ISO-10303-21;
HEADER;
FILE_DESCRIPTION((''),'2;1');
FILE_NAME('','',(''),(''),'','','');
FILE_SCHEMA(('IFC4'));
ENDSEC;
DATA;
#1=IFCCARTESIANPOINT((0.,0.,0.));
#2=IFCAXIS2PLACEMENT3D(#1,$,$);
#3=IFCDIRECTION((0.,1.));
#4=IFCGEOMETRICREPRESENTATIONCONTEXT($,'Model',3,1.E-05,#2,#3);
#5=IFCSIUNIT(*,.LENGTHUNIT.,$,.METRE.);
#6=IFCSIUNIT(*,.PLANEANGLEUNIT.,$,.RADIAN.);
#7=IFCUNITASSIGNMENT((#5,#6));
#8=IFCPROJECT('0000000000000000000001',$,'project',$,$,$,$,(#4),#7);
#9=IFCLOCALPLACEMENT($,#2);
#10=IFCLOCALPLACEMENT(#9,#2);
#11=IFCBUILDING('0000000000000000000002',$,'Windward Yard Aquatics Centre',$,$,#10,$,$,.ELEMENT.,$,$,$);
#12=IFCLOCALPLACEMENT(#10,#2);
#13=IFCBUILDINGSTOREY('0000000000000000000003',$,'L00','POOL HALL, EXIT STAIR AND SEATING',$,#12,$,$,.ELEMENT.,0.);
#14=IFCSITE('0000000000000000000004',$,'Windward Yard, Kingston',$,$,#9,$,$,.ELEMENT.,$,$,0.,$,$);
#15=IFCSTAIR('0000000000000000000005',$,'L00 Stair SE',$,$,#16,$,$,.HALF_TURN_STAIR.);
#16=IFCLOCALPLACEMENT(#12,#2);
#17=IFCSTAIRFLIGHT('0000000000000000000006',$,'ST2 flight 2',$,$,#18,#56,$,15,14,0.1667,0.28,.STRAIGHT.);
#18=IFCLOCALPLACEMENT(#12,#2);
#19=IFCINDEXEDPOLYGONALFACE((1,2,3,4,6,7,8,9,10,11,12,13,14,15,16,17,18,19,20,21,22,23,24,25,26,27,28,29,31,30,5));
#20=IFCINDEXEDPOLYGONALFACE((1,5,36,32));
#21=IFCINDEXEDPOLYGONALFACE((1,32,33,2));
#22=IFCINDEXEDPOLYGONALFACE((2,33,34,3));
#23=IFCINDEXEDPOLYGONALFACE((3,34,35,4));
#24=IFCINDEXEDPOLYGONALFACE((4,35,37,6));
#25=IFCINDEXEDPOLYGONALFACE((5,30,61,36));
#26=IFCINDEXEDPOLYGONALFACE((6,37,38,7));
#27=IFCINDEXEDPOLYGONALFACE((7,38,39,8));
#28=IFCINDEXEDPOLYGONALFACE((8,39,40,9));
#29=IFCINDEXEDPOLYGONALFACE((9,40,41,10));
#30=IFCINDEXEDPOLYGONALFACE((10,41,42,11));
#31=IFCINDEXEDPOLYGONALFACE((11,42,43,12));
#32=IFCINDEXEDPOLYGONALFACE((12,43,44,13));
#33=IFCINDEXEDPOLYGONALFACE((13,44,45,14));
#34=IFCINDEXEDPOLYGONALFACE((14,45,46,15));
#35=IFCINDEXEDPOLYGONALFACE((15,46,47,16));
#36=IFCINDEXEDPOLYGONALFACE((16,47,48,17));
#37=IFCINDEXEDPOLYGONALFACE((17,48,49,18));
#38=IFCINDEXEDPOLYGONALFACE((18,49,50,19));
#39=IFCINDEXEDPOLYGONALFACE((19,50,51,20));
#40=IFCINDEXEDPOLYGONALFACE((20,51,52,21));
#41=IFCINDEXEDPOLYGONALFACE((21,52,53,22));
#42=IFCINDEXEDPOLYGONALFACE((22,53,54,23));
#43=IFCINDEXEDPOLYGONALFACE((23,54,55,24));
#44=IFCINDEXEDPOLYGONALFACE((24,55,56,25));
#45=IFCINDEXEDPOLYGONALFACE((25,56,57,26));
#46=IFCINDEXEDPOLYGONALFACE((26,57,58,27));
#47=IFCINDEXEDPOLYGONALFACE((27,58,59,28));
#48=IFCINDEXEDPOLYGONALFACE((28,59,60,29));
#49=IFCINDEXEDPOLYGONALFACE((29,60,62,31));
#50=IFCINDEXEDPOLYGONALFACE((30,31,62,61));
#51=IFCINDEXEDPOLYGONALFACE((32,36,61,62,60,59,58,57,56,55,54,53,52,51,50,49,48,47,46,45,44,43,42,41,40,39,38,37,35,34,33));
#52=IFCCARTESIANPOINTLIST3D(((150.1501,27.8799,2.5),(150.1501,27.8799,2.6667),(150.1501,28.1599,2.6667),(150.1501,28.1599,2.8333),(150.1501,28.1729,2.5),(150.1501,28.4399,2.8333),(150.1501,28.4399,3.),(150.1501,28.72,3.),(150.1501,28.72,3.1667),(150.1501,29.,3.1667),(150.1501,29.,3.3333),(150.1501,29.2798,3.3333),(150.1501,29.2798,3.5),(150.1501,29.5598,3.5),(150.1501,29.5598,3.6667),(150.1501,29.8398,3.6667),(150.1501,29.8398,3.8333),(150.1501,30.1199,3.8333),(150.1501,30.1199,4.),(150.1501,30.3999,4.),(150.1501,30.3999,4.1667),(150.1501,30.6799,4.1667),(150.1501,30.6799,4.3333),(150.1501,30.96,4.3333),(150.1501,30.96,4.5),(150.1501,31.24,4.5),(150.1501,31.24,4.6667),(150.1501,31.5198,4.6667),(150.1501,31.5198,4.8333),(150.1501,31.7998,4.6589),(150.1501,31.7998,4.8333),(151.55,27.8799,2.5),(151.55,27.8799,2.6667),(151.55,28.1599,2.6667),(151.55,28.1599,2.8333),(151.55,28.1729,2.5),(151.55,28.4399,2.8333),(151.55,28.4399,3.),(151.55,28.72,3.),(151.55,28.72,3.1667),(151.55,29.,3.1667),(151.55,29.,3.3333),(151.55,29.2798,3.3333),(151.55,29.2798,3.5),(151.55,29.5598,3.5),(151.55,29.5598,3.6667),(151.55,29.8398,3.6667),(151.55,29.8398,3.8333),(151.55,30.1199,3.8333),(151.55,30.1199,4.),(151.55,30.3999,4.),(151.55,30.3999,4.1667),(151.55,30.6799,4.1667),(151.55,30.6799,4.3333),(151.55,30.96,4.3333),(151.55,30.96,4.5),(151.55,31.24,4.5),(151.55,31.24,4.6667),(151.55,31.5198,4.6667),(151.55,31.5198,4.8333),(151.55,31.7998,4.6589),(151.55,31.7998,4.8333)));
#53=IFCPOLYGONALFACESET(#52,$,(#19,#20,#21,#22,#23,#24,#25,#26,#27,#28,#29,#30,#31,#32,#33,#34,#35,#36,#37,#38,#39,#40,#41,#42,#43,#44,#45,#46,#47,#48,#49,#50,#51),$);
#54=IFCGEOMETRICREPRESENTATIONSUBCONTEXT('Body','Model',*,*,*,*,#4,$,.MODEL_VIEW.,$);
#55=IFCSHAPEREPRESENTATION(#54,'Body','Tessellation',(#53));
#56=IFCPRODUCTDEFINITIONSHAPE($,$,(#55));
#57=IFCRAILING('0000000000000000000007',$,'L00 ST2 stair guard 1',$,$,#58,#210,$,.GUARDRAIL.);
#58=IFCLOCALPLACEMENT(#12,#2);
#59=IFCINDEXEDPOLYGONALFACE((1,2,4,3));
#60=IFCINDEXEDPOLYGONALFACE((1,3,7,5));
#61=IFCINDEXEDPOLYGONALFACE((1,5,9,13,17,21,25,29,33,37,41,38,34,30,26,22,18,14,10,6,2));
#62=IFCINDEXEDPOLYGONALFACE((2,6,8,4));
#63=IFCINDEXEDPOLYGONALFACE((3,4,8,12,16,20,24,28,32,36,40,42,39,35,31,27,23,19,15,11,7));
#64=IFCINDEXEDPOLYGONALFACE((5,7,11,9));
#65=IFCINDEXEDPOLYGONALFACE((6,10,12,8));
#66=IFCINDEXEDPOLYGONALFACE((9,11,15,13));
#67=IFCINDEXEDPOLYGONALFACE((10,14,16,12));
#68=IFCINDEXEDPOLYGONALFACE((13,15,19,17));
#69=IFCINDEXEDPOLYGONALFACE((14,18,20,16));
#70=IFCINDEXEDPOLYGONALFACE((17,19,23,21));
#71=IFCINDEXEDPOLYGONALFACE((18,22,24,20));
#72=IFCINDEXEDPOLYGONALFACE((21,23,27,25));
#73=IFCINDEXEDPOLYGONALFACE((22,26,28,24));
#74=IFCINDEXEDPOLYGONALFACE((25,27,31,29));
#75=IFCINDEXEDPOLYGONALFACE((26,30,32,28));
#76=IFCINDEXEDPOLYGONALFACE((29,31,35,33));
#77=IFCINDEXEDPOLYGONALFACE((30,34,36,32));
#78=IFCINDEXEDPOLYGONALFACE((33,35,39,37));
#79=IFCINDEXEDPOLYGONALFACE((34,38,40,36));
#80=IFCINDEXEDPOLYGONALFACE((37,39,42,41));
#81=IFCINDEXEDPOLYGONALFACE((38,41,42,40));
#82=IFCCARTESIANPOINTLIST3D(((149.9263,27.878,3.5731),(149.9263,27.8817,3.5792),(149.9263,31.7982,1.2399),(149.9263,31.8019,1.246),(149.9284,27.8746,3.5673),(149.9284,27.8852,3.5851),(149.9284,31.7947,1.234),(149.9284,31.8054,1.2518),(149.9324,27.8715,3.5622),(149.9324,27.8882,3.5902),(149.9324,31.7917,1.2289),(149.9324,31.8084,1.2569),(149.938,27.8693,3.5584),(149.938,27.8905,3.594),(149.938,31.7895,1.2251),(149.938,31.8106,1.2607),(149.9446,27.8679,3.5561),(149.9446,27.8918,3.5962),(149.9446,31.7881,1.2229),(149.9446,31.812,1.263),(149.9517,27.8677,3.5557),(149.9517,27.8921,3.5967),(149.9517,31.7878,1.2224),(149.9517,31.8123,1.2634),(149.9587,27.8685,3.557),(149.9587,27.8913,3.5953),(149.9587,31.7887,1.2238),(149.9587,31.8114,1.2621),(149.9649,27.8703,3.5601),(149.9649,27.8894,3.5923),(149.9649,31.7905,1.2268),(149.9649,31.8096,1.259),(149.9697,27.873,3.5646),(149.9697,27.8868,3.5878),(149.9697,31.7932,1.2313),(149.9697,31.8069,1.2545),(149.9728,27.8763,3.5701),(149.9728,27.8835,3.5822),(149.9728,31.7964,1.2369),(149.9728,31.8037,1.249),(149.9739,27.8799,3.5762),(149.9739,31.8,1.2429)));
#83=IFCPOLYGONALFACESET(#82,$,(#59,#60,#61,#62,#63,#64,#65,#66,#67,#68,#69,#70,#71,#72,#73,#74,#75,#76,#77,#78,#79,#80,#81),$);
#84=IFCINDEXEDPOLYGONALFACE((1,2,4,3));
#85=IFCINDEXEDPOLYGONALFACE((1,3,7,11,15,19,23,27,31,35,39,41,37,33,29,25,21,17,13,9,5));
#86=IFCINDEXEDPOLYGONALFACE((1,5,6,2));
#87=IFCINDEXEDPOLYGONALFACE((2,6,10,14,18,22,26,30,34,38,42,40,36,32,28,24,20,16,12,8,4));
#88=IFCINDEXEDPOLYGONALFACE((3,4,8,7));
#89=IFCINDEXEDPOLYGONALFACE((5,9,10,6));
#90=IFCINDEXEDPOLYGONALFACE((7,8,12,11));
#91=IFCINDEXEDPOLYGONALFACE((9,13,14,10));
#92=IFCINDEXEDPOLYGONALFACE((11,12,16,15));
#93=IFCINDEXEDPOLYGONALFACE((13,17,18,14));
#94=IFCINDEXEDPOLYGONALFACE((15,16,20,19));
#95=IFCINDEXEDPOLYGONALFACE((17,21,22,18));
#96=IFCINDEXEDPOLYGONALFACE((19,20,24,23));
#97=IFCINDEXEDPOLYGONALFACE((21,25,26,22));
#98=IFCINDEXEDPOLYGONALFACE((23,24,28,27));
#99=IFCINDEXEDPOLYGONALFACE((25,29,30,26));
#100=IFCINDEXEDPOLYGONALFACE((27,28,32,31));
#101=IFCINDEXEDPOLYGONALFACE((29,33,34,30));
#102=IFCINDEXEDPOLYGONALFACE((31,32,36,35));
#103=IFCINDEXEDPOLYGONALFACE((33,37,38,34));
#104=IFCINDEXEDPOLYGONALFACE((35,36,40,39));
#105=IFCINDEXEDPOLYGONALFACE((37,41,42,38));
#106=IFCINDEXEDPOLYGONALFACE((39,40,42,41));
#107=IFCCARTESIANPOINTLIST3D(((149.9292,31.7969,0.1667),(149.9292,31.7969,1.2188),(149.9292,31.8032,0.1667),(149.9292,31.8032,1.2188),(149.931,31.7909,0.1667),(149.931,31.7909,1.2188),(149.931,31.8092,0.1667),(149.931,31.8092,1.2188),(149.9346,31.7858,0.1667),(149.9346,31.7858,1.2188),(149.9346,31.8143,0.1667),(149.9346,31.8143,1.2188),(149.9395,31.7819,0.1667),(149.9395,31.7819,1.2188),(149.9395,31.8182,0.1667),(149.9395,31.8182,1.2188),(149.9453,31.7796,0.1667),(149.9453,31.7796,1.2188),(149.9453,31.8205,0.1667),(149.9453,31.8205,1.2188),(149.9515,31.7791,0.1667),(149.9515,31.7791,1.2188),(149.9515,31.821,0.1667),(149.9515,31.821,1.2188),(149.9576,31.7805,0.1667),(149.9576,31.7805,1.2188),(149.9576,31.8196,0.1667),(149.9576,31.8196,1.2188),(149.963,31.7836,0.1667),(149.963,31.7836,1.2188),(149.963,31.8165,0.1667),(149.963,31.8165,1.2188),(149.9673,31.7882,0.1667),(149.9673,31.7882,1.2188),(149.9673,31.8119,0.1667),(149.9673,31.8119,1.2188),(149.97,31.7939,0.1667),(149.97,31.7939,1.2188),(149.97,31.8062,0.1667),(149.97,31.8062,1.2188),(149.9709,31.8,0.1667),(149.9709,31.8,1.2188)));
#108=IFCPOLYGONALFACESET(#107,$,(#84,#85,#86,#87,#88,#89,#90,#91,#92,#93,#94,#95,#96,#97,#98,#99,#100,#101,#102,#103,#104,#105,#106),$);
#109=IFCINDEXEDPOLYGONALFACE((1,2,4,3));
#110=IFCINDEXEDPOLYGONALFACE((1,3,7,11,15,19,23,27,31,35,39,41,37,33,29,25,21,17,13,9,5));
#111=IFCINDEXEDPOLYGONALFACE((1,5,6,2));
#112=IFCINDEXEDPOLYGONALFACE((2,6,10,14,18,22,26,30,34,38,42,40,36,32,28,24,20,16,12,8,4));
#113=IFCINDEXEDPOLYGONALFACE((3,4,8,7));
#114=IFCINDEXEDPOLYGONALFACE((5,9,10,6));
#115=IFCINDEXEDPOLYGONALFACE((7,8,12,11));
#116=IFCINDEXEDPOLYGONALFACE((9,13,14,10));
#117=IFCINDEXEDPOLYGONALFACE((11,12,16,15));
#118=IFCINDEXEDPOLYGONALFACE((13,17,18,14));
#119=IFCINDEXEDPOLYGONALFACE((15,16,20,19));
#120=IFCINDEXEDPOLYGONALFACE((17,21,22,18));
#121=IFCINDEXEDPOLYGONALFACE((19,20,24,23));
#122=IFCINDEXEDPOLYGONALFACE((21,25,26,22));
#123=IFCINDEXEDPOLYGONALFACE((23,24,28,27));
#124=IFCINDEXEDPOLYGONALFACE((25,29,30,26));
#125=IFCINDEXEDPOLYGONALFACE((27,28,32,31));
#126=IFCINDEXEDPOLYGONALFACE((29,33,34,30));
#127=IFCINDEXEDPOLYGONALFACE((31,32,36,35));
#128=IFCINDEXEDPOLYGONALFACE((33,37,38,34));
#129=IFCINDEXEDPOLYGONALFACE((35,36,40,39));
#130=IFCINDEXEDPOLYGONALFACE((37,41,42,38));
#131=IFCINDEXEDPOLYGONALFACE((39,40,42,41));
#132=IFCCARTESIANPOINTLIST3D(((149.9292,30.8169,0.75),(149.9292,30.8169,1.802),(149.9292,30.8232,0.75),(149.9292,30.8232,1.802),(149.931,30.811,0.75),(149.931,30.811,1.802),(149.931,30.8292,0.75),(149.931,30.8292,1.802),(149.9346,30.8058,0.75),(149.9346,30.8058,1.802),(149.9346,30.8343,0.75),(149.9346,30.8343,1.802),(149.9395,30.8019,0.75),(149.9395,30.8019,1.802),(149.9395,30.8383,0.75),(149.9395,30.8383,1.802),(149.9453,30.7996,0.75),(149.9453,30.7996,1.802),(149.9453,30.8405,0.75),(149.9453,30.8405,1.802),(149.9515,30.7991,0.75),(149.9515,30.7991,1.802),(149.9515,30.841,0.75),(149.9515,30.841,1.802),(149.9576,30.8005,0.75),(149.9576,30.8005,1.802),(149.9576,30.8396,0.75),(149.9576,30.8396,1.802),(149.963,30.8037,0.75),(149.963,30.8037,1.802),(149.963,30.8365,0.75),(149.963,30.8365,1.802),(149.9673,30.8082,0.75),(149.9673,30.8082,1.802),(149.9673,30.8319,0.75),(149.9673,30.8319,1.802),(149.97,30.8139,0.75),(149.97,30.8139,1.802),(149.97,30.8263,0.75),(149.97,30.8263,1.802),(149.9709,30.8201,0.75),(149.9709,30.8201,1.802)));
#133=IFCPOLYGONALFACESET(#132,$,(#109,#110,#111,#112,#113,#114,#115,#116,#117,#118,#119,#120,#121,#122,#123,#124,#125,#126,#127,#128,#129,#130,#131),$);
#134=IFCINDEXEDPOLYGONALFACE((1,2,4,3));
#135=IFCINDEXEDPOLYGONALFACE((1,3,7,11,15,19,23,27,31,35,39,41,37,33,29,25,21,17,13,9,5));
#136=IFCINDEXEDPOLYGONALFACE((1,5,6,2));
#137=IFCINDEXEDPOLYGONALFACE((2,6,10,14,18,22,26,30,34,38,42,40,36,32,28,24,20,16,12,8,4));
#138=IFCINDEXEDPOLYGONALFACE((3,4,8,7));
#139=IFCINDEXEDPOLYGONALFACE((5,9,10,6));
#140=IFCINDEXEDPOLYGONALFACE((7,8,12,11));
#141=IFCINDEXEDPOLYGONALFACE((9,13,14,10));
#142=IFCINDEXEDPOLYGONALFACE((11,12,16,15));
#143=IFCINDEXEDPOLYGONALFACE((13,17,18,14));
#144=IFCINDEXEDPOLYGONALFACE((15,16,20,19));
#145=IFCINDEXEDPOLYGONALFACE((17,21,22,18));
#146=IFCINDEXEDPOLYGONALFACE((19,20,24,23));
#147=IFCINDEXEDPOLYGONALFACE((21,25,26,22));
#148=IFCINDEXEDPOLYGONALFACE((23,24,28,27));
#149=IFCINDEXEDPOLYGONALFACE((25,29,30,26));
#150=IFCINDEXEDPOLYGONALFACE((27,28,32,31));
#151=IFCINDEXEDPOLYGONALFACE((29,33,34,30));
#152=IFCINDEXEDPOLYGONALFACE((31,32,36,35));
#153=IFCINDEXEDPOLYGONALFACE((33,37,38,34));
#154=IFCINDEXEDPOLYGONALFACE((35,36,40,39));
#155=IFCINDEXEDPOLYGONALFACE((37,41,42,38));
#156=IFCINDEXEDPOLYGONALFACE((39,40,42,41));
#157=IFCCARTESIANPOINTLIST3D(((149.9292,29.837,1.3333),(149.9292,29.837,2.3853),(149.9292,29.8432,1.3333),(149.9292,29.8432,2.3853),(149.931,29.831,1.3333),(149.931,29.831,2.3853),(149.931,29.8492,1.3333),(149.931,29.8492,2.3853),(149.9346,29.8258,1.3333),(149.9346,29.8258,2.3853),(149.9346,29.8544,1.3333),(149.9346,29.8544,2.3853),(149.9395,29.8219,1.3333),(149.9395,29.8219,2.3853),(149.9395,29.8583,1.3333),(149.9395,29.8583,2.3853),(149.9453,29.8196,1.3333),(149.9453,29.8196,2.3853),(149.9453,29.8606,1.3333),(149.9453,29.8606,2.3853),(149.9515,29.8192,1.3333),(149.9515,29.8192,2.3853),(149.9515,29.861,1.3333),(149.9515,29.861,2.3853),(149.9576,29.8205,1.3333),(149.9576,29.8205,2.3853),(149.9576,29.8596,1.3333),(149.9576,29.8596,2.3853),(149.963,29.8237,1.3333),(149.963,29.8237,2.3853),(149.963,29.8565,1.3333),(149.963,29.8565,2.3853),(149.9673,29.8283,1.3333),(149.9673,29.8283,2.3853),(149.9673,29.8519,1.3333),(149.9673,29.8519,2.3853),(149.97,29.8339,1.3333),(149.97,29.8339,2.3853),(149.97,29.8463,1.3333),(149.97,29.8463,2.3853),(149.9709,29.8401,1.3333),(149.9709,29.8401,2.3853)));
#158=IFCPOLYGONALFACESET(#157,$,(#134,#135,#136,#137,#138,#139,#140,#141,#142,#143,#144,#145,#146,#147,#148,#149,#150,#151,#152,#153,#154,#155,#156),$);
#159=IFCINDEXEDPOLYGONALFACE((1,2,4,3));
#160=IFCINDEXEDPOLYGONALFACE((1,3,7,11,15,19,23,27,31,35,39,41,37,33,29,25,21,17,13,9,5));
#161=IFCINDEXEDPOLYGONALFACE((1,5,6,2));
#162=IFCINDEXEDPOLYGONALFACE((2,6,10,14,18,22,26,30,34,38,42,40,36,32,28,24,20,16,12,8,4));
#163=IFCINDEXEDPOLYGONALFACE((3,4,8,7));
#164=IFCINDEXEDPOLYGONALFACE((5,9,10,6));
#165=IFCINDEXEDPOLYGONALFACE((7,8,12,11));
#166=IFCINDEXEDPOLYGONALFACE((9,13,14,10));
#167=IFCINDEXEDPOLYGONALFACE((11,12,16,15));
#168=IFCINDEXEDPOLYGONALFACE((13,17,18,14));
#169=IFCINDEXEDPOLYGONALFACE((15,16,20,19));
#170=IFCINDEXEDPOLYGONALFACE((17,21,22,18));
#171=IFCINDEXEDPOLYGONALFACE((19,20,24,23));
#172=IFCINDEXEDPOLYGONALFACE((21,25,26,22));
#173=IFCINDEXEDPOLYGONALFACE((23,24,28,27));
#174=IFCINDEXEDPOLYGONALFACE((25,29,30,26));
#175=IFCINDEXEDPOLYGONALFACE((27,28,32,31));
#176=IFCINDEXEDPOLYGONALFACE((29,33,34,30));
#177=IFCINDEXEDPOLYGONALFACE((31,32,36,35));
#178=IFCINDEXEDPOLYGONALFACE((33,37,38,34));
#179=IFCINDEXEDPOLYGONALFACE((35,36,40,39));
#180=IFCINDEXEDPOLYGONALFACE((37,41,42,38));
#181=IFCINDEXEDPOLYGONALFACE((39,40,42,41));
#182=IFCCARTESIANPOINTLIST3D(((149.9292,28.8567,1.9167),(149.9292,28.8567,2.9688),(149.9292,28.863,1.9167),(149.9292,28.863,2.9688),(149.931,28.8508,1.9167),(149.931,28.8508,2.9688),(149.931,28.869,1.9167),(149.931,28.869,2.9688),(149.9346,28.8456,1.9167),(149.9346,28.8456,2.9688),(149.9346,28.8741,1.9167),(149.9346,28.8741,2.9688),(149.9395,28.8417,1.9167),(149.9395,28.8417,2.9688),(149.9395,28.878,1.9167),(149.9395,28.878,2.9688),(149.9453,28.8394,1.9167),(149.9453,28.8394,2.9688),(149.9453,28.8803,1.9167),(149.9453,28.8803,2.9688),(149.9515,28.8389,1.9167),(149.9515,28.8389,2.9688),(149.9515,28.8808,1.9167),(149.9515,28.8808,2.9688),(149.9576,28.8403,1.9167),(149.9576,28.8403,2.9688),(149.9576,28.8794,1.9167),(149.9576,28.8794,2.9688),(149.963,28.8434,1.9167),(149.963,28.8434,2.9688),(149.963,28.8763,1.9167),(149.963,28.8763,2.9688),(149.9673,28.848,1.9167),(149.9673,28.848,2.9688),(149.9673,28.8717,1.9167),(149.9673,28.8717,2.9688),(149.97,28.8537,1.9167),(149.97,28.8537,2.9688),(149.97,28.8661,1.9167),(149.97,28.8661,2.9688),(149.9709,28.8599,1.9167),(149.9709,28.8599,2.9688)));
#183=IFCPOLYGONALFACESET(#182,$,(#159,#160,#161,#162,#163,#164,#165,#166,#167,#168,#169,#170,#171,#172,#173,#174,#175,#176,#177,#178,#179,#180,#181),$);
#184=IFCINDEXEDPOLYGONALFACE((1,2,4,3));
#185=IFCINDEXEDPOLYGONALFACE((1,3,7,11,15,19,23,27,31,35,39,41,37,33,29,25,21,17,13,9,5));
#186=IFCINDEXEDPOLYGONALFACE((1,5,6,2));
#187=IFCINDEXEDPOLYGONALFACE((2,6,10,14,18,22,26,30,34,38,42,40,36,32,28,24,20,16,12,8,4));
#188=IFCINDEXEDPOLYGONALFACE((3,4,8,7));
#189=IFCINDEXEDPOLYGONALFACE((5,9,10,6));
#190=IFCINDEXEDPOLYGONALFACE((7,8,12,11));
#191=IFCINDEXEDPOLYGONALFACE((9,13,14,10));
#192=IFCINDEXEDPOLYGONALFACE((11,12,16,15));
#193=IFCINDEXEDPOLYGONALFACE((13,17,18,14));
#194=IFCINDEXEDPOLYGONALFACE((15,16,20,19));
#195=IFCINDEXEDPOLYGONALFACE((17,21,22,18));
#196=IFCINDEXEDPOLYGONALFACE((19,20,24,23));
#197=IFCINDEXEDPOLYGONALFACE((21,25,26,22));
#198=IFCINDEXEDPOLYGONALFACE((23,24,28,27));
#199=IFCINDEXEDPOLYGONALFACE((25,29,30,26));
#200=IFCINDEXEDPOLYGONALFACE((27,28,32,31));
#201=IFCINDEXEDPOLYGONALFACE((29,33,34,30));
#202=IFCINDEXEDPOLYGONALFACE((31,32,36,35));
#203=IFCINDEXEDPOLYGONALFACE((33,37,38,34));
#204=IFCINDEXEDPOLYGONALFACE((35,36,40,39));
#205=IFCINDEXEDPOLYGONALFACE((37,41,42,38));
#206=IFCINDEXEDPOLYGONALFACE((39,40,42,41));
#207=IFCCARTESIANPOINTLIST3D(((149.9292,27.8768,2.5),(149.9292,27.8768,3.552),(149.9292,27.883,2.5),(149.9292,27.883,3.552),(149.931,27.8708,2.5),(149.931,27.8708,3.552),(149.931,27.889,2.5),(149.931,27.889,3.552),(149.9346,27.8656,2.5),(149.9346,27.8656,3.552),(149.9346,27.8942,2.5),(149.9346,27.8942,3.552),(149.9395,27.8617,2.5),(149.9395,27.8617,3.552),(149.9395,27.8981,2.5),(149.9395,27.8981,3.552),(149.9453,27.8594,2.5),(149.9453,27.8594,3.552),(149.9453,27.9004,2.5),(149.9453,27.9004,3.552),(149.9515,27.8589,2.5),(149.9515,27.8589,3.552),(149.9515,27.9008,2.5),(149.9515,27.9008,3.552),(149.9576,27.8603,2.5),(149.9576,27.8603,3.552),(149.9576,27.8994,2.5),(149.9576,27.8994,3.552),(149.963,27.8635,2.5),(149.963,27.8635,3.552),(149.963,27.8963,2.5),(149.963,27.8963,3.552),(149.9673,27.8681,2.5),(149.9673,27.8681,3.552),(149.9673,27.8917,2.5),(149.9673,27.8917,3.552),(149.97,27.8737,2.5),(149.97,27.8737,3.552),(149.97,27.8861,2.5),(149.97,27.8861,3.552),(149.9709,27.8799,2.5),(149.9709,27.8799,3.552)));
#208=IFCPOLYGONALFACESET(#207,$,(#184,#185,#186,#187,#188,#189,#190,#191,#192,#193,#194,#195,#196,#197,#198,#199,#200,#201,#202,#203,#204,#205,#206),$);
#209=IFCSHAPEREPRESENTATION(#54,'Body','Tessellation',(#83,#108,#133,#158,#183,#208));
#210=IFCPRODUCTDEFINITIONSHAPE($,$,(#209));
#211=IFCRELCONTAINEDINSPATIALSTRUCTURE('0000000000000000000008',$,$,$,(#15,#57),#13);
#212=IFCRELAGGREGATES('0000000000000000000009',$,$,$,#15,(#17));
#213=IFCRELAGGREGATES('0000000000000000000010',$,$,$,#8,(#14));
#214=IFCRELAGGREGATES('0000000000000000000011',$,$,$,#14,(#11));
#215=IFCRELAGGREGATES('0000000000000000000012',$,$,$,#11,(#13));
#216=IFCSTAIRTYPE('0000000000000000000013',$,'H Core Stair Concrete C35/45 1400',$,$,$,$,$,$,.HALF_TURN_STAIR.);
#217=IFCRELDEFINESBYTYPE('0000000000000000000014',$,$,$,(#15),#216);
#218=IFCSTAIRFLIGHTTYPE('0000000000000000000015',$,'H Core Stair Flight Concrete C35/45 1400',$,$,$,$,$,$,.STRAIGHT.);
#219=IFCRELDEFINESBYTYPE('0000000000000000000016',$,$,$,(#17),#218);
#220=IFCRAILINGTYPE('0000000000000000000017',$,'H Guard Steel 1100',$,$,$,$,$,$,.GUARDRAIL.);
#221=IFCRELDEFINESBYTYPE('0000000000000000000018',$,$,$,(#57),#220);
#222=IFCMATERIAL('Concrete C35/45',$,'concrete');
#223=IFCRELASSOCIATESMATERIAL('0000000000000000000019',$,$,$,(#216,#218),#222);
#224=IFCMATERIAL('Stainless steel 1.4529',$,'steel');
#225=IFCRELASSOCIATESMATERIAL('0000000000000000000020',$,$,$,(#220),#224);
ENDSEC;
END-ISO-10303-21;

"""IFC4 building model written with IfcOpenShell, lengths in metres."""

from ifc_helpers import new_model, si_unit, direction, frame, origin, origin_2d, place, context, subcontext, project, spatial, polyline, circle, outline, extrude, material, type_object, element, aggregate, save


model = new_model("IFC4")

# Units and contexts
model_context = context("Model", 3, precision=1e-05, world=origin(), true_north=direction((0.0, 1.0)))
body_context = subcontext(model_context, "Body", "Model", "MODEL_VIEW")
ifc_project = project(units=[si_unit("LENGTHUNIT", "METRE"), si_unit("PLANEANGLEUNIT", "RADIAN")], contexts=[model_context])

# Site, building, storey
site_placement = place(None, origin())
site = spatial("IfcSite", under=ifc_project, at=site_placement, Name="Windward Yard, Kingston", CompositionType="ELEMENT", RefElevation=0.0)
building_placement = place(site_placement, origin())
building = spatial("IfcBuilding", under=site, at=building_placement, Name="Windward Yard Aquatics Centre", CompositionType="ELEMENT")
storey_placement = place(building_placement, origin())
storey = spatial("IfcBuildingStorey", under=building, at=storey_placement, Name="L00", Description="POOL HALL, EXIT STAIR AND SEATING", CompositionType="ELEMENT", Elevation=0.0)

# Shared definitions
ifc_material_1 = material(Name="Concrete C35/45", Category="concrete")

# Stair, stair flight
stair_type = type_object("IfcStairType", Name="H Core Stair Concrete C35/45 1400", PredefinedType="HALF_TURN_STAIR", material=ifc_material_1)
stair_placement = place(storey_placement, origin())
stair = element("IfcStair", 1, at=stair_placement, inside=storey, type_object=stair_type, Name="L00 Stair SE", PredefinedType="HALF_TURN_STAIR")
stair_flight_type = type_object("IfcStairFlightType", Name="H Core Stair Flight Concrete C35/45 1400", PredefinedType="STRAIGHT", material=ifc_material_1)
stair_flight_1_placement = place(storey_placement, frame((150.8501, 27.8799, 2.5), z_axis=(0.0, 0.0, 1.0), x_axis=(0.0, 1.0, 0.0)))
stair_flight_1 = element("IfcStairFlight", 2, at=stair_flight_1_placement, type_object=stair_flight_type, Name="ST2 flight 2", NumberOfRisers=15, NumberOfTreads=14, PredefinedType="STRAIGHT", RiserHeight=0.1667, TreadLength=0.28, context=body_context, shape_type="SweptSolid", body=[
    extrude(outline(polyline([(0.0, 0.0), (0.0, 0.1667), (0.28, 0.1667), (0.28, 0.3333), (0.5601, 0.3333), (0.5601, 0.5), (0.8401, 0.5), (0.8401, 0.6667), (1.1201, 0.6667), (1.1201, 0.8333), (1.3999, 0.8333), (1.3999, 1.0), (1.6799, 1.0), (1.6799, 1.1667), (1.96, 1.1667), (1.96, 1.3333), (2.24, 1.3333), (2.24, 1.5), (2.52, 1.5), (2.52, 1.6667), (2.8, 1.6667), (2.8, 1.8333), (3.0801, 1.8333), (3.0801, 2.0), (3.3601, 2.0), (3.3601, 2.1667), (3.6399, 2.1667), (3.6399, 2.3333), (3.9199, 2.3333), (3.9199, 2.5), (3.9199, 2.1589), (0.293, 0.0), (0.0, 0.0)])), frame((0.0, 0.7, 0.0), z_axis=(0.0, -1.0, 0.0), x_axis=(1.0, 0.0, 0.0)), (0.0, 0.0, 1.0), 1.3999),
])
aggregate(stair, [stair_flight_1])

# Railing
ifc_material_2 = material(Name="Stainless steel 1.4529", Category="steel")
railing_type_1 = type_object("IfcRailingType", Name="H Guard Steel 1100", PredefinedType="GUARDRAIL", material=ifc_material_2)
railing_1_placement = place(storey_placement, frame((149.95, 31.8, 0.1667)))
element("IfcRailing", 3, at=railing_1_placement, inside=storey, type_object=railing_type_1, Name="L00 ST2 stair guard 1", PredefinedType="GUARDRAIL", context=body_context, shape_type="SweptSolid", body=[
    extrude(circle(Radius=0.0239, at=origin_2d()), frame((0.0, 0.0, 1.0762), z_axis=(0.0, -0.85931, 0.511455), x_axis=(1.0, 0.0, 0.0)), (0.0, 0.0, 1.0), 4.562),
    extrude(circle(Radius=0.021, at=origin_2d()), origin(), (0.0, 0.0, 1.0), 1.052),
    extrude(circle(Radius=0.021, at=origin_2d()), frame((0.0, -0.98, 0.5833)), (0.0, 0.0, 1.0), 1.052),
    extrude(circle(Radius=0.021, at=origin_2d()), frame((0.0, -1.96, 1.1665)), (0.0, 0.0, 1.0), 1.052),
    extrude(circle(Radius=0.021, at=origin_2d()), frame((0.0, -2.9402, 1.75)), (0.0, 0.0, 1.0), 1.052),
    extrude(circle(Radius=0.021, at=origin_2d()), frame((0.0, -3.9202, 2.3333)), (0.0, 0.0, 1.0), 1.052),
])

save(model, "model.ifc")
